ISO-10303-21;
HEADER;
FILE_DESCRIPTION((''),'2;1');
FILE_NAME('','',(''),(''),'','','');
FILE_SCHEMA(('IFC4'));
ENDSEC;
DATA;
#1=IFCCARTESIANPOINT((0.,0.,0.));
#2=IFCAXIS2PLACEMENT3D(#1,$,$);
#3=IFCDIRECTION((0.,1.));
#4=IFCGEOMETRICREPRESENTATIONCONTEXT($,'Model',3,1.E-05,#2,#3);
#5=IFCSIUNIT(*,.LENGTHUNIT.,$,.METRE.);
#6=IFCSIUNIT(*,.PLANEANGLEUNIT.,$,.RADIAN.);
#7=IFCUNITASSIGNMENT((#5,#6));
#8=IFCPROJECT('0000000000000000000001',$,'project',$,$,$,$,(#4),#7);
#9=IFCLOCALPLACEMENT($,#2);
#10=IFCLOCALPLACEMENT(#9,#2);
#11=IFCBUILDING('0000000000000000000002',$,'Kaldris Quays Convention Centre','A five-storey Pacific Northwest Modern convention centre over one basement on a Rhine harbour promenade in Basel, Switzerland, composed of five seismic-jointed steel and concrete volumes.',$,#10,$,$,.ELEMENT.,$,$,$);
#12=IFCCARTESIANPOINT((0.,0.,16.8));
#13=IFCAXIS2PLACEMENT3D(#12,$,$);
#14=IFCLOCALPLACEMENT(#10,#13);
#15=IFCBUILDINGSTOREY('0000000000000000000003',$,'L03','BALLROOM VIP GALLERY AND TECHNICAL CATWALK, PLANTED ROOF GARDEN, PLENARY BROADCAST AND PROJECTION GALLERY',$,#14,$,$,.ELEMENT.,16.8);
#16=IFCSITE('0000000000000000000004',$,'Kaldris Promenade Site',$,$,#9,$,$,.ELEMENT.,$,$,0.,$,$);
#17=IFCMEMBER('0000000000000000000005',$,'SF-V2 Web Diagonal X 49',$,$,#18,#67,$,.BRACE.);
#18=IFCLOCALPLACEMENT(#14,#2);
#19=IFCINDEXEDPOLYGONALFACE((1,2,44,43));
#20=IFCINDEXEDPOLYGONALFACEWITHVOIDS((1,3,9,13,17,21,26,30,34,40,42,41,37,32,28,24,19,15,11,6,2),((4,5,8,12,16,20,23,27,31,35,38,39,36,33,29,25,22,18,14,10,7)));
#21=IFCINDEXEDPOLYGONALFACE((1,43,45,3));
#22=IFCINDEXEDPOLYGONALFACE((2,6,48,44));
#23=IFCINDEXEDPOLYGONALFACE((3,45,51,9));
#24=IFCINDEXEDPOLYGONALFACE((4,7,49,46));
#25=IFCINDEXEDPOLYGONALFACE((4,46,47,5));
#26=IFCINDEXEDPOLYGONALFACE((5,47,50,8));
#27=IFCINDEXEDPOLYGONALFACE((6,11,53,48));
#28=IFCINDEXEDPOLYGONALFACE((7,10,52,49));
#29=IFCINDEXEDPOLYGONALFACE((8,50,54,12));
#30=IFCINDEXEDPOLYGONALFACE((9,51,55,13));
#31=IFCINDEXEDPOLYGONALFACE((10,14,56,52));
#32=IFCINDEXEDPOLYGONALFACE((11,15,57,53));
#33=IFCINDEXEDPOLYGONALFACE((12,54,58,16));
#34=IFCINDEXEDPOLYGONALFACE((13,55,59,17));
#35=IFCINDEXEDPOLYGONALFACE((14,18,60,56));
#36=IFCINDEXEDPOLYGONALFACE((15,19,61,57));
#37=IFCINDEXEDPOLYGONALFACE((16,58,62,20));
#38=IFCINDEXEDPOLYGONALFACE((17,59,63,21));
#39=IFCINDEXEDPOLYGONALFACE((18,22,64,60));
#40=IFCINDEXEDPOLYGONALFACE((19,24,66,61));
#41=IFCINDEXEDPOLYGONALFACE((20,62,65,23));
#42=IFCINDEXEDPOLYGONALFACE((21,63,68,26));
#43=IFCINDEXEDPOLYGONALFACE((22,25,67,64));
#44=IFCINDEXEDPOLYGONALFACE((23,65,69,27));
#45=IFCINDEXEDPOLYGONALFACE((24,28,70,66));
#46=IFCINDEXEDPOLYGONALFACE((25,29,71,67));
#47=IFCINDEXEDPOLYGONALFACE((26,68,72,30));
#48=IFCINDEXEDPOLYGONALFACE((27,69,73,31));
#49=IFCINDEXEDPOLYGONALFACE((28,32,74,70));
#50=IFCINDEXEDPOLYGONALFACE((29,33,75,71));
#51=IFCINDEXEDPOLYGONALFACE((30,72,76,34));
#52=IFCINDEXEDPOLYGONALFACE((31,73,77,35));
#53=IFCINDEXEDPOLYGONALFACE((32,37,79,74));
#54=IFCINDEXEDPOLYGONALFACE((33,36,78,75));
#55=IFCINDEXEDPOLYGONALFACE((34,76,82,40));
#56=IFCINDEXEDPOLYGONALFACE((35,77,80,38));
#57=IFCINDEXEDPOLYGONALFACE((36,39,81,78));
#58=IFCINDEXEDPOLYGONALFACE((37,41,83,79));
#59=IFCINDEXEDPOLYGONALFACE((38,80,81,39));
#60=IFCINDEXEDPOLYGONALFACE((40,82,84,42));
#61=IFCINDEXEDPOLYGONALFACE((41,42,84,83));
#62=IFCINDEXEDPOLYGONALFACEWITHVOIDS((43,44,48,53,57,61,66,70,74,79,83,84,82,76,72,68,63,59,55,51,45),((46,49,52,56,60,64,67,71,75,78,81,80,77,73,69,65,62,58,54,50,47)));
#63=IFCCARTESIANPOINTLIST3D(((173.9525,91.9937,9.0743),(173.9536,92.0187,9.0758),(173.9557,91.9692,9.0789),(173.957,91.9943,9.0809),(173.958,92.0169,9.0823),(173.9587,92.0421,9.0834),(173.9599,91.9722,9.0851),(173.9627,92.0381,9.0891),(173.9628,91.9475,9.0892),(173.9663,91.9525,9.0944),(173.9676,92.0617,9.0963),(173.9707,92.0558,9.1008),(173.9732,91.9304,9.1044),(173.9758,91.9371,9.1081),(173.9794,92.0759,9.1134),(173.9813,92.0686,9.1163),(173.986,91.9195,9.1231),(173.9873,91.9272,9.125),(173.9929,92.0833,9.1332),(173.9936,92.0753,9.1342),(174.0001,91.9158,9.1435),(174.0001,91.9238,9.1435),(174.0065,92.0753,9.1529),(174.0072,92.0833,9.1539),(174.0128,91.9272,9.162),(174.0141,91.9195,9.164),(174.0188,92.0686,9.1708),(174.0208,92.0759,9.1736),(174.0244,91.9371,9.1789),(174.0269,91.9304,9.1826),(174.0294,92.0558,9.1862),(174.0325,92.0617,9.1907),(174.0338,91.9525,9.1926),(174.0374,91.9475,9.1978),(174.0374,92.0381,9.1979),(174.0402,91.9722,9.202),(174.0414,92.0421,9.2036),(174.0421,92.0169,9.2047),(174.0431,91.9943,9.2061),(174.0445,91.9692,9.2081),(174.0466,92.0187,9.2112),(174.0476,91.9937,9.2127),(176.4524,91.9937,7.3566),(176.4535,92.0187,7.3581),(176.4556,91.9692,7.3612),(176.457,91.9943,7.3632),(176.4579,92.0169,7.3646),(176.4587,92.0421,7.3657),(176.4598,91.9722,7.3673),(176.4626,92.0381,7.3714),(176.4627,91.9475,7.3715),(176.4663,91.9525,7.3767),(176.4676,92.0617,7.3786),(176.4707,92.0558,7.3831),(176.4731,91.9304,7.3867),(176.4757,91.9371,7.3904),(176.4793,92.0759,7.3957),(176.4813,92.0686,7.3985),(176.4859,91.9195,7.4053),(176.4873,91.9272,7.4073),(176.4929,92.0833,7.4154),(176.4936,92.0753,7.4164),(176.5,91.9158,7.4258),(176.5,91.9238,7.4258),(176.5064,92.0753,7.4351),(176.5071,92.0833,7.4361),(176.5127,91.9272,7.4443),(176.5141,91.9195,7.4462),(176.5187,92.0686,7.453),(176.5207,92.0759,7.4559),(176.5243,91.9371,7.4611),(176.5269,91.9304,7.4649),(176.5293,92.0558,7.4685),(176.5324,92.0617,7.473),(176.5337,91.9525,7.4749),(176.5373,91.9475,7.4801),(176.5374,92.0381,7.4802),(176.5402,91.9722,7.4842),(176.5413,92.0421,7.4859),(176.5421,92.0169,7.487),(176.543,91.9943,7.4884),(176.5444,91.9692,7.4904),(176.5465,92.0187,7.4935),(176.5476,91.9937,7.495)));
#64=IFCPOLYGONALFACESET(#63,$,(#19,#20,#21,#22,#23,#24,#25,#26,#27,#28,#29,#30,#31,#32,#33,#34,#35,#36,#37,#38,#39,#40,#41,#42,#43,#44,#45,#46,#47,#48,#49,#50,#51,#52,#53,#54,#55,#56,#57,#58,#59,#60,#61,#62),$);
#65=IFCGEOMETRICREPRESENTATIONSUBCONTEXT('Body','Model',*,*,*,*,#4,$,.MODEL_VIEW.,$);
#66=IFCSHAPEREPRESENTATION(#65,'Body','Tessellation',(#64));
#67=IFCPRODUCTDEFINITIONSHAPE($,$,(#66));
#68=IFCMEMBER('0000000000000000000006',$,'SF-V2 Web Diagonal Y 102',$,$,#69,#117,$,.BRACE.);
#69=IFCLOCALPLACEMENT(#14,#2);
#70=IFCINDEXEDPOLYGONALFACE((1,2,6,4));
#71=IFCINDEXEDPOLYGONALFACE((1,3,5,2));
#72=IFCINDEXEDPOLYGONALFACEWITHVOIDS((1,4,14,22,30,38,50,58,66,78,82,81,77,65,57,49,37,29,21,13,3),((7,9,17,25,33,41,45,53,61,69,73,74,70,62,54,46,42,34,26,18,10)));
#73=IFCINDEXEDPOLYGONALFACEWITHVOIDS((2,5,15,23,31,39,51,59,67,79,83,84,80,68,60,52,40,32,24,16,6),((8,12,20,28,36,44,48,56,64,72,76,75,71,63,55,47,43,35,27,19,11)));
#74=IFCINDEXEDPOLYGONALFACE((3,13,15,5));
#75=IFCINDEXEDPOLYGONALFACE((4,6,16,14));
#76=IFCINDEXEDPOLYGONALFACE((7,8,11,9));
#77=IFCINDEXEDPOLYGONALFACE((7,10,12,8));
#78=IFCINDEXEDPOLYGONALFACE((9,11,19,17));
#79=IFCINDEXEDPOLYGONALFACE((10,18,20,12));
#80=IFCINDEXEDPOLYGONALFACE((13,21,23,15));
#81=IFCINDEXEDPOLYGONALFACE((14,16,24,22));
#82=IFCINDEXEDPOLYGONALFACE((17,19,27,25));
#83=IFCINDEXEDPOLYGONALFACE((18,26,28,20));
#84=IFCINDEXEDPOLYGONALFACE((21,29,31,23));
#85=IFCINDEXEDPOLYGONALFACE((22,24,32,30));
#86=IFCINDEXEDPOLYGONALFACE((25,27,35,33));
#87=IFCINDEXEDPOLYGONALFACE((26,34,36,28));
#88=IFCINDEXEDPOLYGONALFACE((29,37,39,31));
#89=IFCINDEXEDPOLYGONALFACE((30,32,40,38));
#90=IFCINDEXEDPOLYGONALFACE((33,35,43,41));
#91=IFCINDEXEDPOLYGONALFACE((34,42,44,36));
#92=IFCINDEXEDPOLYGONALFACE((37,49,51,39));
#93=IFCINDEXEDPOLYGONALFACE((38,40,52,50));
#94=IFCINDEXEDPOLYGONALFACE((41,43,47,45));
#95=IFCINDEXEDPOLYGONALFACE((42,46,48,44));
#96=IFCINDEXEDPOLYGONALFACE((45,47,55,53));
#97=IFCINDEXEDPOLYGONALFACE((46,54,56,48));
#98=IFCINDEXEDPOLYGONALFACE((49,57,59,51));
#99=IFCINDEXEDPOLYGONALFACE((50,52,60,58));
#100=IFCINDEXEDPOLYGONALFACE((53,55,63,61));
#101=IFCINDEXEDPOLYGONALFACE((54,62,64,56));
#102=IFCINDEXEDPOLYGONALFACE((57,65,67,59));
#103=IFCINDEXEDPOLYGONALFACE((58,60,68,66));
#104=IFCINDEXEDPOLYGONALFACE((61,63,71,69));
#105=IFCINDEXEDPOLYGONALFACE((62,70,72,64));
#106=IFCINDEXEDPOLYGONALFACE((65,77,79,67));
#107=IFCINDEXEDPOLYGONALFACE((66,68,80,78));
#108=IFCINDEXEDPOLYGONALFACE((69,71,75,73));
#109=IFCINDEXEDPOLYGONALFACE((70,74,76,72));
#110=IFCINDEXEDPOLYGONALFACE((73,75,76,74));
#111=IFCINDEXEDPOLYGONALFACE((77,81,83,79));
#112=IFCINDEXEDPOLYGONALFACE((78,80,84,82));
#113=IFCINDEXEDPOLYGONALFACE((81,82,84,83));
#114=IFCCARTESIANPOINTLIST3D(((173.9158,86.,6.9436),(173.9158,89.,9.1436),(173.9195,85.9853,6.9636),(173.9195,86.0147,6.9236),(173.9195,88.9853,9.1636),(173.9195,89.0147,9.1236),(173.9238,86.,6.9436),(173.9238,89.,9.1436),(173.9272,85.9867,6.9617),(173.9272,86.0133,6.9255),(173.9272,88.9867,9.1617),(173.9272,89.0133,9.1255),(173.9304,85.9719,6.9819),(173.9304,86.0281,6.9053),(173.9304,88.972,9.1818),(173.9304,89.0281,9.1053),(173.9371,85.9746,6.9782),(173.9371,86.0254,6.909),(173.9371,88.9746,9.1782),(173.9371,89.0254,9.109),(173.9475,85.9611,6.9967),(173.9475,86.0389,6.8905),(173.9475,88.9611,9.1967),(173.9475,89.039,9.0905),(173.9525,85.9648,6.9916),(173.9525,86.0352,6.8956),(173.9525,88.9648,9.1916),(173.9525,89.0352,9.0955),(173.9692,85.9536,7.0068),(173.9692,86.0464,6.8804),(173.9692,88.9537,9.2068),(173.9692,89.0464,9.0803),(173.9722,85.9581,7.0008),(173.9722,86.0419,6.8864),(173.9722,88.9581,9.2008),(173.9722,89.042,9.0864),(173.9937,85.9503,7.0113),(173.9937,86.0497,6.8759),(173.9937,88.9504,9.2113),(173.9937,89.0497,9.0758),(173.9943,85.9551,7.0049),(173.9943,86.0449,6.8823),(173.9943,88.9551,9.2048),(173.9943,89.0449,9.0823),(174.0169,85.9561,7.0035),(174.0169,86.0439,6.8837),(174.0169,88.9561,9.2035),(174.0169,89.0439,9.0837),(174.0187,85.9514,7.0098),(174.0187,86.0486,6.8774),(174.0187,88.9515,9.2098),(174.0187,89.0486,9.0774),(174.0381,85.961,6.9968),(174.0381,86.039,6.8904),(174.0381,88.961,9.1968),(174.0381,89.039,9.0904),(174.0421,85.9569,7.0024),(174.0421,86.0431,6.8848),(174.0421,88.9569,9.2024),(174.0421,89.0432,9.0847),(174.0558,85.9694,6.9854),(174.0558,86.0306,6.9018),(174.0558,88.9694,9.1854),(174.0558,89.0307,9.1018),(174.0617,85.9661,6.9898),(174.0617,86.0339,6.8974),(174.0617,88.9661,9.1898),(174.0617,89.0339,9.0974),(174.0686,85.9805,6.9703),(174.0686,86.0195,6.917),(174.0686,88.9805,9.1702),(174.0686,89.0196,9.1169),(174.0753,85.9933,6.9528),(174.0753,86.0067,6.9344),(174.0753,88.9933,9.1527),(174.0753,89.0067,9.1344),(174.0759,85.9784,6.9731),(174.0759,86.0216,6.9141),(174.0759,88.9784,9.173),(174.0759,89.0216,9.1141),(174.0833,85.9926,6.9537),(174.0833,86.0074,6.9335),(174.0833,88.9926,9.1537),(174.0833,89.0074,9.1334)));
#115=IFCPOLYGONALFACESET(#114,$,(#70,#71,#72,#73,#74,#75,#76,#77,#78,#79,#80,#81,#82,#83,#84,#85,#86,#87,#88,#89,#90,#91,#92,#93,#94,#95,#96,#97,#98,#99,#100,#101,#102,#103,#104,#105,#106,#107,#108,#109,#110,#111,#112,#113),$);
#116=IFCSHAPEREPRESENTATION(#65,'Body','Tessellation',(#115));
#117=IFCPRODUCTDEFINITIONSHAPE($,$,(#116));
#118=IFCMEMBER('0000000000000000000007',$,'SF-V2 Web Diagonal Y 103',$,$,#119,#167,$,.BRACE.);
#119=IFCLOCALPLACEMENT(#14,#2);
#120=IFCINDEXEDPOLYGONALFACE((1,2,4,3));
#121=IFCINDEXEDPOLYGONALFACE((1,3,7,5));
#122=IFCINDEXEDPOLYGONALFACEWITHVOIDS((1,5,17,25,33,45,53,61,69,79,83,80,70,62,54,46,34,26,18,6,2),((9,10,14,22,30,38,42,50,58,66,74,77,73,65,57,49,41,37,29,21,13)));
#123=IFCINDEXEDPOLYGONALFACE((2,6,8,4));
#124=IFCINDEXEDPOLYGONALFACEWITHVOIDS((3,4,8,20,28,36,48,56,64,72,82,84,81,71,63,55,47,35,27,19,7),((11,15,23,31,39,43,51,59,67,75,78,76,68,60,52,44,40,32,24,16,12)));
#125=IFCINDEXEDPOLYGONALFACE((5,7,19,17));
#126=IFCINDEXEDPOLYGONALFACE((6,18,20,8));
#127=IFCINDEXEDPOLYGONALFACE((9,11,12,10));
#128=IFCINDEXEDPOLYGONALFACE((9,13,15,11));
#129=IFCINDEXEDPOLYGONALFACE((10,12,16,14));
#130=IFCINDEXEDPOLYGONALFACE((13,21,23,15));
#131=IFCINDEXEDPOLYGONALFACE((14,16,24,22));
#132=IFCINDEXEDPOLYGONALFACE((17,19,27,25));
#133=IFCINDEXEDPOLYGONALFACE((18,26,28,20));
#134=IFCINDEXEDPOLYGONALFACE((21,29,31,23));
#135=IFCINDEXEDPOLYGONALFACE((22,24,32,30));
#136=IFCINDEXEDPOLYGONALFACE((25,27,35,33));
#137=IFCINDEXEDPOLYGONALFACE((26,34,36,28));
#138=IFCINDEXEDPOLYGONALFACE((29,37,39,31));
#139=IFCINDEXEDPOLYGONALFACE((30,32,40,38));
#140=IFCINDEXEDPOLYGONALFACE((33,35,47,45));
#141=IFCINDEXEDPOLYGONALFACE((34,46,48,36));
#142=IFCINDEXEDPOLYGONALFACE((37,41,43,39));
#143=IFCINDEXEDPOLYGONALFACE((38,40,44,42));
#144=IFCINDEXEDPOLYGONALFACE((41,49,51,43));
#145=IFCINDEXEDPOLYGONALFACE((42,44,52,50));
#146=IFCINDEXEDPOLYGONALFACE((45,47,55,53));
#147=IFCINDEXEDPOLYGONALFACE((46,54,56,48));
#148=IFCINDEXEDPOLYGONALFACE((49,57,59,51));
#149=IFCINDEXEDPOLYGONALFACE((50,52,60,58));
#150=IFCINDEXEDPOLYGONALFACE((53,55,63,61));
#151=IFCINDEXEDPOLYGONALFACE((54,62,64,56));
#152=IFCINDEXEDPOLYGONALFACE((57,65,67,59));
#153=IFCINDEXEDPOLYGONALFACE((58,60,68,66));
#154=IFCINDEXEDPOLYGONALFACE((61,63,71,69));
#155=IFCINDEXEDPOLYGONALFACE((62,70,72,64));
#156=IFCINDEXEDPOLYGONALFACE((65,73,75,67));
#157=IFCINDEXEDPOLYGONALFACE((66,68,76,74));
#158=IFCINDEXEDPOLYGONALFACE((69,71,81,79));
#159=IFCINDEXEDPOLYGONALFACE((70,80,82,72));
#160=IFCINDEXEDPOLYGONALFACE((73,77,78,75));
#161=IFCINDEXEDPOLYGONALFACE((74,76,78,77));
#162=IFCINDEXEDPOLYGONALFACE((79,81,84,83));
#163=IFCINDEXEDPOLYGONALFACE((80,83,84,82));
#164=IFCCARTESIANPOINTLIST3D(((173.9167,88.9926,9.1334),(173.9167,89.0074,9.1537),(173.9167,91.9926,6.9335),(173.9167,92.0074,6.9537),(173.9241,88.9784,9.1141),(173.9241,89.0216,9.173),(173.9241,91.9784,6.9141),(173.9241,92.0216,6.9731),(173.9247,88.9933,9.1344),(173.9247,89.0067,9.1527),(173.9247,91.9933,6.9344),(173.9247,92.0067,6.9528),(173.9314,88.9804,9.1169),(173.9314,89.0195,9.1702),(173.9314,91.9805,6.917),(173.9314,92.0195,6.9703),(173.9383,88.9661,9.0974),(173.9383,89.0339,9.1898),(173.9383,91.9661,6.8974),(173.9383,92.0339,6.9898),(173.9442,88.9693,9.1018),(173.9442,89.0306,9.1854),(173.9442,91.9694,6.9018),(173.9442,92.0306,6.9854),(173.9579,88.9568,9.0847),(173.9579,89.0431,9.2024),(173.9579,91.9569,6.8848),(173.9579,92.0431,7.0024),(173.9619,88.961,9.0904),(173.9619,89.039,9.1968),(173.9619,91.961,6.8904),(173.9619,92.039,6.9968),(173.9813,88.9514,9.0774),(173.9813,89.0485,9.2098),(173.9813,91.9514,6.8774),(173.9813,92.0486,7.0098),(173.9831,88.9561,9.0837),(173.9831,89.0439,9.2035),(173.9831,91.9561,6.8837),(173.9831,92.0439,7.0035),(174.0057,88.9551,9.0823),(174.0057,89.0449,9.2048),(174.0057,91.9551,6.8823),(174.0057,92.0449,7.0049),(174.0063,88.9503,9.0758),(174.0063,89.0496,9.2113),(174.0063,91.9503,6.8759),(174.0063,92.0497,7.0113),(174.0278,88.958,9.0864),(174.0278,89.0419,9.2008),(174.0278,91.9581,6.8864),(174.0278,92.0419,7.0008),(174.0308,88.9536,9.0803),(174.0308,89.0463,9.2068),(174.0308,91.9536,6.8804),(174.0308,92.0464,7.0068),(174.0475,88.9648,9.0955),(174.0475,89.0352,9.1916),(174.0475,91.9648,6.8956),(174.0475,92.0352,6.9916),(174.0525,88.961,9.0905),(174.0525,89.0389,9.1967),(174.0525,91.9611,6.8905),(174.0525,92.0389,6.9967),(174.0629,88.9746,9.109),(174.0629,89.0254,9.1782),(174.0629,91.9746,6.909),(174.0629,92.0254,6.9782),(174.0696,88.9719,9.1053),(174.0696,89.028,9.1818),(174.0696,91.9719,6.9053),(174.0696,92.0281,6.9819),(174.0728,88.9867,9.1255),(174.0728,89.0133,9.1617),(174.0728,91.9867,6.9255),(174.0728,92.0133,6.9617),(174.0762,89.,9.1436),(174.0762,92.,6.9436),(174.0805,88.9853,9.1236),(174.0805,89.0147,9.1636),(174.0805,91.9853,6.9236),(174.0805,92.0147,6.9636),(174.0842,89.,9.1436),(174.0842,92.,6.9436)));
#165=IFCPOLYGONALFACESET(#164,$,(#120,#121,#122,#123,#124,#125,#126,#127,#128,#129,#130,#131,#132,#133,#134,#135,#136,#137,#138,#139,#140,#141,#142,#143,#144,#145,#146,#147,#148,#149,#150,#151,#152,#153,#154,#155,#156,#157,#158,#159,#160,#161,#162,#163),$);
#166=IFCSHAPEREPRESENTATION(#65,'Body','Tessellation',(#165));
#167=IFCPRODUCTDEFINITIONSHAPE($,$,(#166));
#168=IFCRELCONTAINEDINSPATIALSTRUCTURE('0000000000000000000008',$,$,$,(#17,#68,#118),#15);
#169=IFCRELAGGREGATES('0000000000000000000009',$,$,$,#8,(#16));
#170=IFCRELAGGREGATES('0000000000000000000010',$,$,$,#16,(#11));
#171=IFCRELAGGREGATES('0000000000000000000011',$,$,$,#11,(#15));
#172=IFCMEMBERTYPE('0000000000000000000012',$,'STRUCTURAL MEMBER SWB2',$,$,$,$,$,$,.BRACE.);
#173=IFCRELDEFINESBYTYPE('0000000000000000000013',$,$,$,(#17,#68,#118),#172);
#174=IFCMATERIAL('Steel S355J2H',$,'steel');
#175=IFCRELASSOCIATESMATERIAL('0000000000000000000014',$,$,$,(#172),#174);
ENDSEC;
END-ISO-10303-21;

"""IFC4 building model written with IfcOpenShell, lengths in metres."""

from ifc_helpers import new_model, si_unit, direction, frame, origin, origin_2d, place, context, subcontext, project, spatial, hollow_circle, extrude, material, material_profile, profile_set, type_object, element, save


model = new_model("IFC4")

# Units and contexts
model_context = context("Model", 3, precision=1e-05, world=origin(), true_north=direction((0.0, 1.0)))
body_context = subcontext(model_context, "Body", "Model", "MODEL_VIEW")
ifc_project = project(units=[si_unit("LENGTHUNIT", "METRE"), si_unit("PLANEANGLEUNIT", "RADIAN")], contexts=[model_context])

# Site, building, storey
site_placement = place(None, origin())
site = spatial("IfcSite", under=ifc_project, at=site_placement, Name="Kaldris Promenade Site", CompositionType="ELEMENT", RefElevation=0.0)
building_placement = place(site_placement, origin())
building = spatial("IfcBuilding", under=site, at=building_placement, Name="Kaldris Quays Convention Centre", Description="A five-storey Pacific Northwest Modern convention centre over one basement on a Rhine harbour promenade in Basel, Switzerland, composed of five seismic-jointed steel and concrete volumes.", CompositionType="ELEMENT")
storey_placement = place(building_placement, frame((0.0, 0.0, 16.8)))
storey = spatial("IfcBuildingStorey", under=building, at=storey_placement, Name="L03", Description="BALLROOM VIP GALLERY AND TECHNICAL CATWALK, PLANTED ROOF GARDEN, PLENARY BROADCAST AND PROJECTION GALLERY", CompositionType="ELEMENT", Elevation=16.8)

# Members
ifc_material_1 = material(Name="Steel S355J2H", Category="steel")
ifc_material_profile_1 = material_profile(ifc_material_1, hollow_circle(Radius=0.0842, WallThickness=0.0081, at=origin_2d()), Name="CHS 168.3x8")
ifc_profile_set_1 = profile_set([ifc_material_profile_1], Name="Steel S355J2H")
member_type_1 = type_object("IfcMemberType", Name="STRUCTURAL MEMBER SWB2", PredefinedType="BRACE", material=ifc_profile_set_1)
member_1_placement = place(storey_placement, frame((176.5, 92.0, 7.4258), z_axis=(-0.824192, 0.0, 0.56631), x_axis=(0.0, -1.0, 0.0)))
element("IfcMember", 1, at=member_1_placement, inside=storey, type_object=member_type_1, Name="SF-V2 Web Diagonal X 49", PredefinedType="BRACE", context=body_context, shape_type="SweptSolid", body=[
    extrude(hollow_circle(Radius=0.0842, WallThickness=0.0081, at=origin_2d()), origin(), (0.0, 0.0, 1.0), 3.0332),
])
for number, where, z_axis, x_axis, name in (
    (2, (174.0, 86.0, 6.9436), (0.0, 0.806411, 0.591355), (-1.0, 0.0, 0.0), "SF-V2 Web Diagonal Y 102"),
    (3, (174.0, 92.0, 6.9436), (0.0, -0.806411, 0.591355), (1.0, 0.0, 0.0), "SF-V2 Web Diagonal Y 103"),
):
    element("IfcMember", number, at=place(storey_placement, frame(where, z_axis=z_axis, x_axis=x_axis)), inside=storey, type_object=member_type_1, Name=name, PredefinedType="BRACE", context=body_context, shape_type="SweptSolid", body=[
        extrude(hollow_circle(Radius=0.0842, WallThickness=0.0081, at=origin_2d()), origin(), (0.0, 0.0, 1.0), 3.7202),
    ])

save(model, "model.ifc")
